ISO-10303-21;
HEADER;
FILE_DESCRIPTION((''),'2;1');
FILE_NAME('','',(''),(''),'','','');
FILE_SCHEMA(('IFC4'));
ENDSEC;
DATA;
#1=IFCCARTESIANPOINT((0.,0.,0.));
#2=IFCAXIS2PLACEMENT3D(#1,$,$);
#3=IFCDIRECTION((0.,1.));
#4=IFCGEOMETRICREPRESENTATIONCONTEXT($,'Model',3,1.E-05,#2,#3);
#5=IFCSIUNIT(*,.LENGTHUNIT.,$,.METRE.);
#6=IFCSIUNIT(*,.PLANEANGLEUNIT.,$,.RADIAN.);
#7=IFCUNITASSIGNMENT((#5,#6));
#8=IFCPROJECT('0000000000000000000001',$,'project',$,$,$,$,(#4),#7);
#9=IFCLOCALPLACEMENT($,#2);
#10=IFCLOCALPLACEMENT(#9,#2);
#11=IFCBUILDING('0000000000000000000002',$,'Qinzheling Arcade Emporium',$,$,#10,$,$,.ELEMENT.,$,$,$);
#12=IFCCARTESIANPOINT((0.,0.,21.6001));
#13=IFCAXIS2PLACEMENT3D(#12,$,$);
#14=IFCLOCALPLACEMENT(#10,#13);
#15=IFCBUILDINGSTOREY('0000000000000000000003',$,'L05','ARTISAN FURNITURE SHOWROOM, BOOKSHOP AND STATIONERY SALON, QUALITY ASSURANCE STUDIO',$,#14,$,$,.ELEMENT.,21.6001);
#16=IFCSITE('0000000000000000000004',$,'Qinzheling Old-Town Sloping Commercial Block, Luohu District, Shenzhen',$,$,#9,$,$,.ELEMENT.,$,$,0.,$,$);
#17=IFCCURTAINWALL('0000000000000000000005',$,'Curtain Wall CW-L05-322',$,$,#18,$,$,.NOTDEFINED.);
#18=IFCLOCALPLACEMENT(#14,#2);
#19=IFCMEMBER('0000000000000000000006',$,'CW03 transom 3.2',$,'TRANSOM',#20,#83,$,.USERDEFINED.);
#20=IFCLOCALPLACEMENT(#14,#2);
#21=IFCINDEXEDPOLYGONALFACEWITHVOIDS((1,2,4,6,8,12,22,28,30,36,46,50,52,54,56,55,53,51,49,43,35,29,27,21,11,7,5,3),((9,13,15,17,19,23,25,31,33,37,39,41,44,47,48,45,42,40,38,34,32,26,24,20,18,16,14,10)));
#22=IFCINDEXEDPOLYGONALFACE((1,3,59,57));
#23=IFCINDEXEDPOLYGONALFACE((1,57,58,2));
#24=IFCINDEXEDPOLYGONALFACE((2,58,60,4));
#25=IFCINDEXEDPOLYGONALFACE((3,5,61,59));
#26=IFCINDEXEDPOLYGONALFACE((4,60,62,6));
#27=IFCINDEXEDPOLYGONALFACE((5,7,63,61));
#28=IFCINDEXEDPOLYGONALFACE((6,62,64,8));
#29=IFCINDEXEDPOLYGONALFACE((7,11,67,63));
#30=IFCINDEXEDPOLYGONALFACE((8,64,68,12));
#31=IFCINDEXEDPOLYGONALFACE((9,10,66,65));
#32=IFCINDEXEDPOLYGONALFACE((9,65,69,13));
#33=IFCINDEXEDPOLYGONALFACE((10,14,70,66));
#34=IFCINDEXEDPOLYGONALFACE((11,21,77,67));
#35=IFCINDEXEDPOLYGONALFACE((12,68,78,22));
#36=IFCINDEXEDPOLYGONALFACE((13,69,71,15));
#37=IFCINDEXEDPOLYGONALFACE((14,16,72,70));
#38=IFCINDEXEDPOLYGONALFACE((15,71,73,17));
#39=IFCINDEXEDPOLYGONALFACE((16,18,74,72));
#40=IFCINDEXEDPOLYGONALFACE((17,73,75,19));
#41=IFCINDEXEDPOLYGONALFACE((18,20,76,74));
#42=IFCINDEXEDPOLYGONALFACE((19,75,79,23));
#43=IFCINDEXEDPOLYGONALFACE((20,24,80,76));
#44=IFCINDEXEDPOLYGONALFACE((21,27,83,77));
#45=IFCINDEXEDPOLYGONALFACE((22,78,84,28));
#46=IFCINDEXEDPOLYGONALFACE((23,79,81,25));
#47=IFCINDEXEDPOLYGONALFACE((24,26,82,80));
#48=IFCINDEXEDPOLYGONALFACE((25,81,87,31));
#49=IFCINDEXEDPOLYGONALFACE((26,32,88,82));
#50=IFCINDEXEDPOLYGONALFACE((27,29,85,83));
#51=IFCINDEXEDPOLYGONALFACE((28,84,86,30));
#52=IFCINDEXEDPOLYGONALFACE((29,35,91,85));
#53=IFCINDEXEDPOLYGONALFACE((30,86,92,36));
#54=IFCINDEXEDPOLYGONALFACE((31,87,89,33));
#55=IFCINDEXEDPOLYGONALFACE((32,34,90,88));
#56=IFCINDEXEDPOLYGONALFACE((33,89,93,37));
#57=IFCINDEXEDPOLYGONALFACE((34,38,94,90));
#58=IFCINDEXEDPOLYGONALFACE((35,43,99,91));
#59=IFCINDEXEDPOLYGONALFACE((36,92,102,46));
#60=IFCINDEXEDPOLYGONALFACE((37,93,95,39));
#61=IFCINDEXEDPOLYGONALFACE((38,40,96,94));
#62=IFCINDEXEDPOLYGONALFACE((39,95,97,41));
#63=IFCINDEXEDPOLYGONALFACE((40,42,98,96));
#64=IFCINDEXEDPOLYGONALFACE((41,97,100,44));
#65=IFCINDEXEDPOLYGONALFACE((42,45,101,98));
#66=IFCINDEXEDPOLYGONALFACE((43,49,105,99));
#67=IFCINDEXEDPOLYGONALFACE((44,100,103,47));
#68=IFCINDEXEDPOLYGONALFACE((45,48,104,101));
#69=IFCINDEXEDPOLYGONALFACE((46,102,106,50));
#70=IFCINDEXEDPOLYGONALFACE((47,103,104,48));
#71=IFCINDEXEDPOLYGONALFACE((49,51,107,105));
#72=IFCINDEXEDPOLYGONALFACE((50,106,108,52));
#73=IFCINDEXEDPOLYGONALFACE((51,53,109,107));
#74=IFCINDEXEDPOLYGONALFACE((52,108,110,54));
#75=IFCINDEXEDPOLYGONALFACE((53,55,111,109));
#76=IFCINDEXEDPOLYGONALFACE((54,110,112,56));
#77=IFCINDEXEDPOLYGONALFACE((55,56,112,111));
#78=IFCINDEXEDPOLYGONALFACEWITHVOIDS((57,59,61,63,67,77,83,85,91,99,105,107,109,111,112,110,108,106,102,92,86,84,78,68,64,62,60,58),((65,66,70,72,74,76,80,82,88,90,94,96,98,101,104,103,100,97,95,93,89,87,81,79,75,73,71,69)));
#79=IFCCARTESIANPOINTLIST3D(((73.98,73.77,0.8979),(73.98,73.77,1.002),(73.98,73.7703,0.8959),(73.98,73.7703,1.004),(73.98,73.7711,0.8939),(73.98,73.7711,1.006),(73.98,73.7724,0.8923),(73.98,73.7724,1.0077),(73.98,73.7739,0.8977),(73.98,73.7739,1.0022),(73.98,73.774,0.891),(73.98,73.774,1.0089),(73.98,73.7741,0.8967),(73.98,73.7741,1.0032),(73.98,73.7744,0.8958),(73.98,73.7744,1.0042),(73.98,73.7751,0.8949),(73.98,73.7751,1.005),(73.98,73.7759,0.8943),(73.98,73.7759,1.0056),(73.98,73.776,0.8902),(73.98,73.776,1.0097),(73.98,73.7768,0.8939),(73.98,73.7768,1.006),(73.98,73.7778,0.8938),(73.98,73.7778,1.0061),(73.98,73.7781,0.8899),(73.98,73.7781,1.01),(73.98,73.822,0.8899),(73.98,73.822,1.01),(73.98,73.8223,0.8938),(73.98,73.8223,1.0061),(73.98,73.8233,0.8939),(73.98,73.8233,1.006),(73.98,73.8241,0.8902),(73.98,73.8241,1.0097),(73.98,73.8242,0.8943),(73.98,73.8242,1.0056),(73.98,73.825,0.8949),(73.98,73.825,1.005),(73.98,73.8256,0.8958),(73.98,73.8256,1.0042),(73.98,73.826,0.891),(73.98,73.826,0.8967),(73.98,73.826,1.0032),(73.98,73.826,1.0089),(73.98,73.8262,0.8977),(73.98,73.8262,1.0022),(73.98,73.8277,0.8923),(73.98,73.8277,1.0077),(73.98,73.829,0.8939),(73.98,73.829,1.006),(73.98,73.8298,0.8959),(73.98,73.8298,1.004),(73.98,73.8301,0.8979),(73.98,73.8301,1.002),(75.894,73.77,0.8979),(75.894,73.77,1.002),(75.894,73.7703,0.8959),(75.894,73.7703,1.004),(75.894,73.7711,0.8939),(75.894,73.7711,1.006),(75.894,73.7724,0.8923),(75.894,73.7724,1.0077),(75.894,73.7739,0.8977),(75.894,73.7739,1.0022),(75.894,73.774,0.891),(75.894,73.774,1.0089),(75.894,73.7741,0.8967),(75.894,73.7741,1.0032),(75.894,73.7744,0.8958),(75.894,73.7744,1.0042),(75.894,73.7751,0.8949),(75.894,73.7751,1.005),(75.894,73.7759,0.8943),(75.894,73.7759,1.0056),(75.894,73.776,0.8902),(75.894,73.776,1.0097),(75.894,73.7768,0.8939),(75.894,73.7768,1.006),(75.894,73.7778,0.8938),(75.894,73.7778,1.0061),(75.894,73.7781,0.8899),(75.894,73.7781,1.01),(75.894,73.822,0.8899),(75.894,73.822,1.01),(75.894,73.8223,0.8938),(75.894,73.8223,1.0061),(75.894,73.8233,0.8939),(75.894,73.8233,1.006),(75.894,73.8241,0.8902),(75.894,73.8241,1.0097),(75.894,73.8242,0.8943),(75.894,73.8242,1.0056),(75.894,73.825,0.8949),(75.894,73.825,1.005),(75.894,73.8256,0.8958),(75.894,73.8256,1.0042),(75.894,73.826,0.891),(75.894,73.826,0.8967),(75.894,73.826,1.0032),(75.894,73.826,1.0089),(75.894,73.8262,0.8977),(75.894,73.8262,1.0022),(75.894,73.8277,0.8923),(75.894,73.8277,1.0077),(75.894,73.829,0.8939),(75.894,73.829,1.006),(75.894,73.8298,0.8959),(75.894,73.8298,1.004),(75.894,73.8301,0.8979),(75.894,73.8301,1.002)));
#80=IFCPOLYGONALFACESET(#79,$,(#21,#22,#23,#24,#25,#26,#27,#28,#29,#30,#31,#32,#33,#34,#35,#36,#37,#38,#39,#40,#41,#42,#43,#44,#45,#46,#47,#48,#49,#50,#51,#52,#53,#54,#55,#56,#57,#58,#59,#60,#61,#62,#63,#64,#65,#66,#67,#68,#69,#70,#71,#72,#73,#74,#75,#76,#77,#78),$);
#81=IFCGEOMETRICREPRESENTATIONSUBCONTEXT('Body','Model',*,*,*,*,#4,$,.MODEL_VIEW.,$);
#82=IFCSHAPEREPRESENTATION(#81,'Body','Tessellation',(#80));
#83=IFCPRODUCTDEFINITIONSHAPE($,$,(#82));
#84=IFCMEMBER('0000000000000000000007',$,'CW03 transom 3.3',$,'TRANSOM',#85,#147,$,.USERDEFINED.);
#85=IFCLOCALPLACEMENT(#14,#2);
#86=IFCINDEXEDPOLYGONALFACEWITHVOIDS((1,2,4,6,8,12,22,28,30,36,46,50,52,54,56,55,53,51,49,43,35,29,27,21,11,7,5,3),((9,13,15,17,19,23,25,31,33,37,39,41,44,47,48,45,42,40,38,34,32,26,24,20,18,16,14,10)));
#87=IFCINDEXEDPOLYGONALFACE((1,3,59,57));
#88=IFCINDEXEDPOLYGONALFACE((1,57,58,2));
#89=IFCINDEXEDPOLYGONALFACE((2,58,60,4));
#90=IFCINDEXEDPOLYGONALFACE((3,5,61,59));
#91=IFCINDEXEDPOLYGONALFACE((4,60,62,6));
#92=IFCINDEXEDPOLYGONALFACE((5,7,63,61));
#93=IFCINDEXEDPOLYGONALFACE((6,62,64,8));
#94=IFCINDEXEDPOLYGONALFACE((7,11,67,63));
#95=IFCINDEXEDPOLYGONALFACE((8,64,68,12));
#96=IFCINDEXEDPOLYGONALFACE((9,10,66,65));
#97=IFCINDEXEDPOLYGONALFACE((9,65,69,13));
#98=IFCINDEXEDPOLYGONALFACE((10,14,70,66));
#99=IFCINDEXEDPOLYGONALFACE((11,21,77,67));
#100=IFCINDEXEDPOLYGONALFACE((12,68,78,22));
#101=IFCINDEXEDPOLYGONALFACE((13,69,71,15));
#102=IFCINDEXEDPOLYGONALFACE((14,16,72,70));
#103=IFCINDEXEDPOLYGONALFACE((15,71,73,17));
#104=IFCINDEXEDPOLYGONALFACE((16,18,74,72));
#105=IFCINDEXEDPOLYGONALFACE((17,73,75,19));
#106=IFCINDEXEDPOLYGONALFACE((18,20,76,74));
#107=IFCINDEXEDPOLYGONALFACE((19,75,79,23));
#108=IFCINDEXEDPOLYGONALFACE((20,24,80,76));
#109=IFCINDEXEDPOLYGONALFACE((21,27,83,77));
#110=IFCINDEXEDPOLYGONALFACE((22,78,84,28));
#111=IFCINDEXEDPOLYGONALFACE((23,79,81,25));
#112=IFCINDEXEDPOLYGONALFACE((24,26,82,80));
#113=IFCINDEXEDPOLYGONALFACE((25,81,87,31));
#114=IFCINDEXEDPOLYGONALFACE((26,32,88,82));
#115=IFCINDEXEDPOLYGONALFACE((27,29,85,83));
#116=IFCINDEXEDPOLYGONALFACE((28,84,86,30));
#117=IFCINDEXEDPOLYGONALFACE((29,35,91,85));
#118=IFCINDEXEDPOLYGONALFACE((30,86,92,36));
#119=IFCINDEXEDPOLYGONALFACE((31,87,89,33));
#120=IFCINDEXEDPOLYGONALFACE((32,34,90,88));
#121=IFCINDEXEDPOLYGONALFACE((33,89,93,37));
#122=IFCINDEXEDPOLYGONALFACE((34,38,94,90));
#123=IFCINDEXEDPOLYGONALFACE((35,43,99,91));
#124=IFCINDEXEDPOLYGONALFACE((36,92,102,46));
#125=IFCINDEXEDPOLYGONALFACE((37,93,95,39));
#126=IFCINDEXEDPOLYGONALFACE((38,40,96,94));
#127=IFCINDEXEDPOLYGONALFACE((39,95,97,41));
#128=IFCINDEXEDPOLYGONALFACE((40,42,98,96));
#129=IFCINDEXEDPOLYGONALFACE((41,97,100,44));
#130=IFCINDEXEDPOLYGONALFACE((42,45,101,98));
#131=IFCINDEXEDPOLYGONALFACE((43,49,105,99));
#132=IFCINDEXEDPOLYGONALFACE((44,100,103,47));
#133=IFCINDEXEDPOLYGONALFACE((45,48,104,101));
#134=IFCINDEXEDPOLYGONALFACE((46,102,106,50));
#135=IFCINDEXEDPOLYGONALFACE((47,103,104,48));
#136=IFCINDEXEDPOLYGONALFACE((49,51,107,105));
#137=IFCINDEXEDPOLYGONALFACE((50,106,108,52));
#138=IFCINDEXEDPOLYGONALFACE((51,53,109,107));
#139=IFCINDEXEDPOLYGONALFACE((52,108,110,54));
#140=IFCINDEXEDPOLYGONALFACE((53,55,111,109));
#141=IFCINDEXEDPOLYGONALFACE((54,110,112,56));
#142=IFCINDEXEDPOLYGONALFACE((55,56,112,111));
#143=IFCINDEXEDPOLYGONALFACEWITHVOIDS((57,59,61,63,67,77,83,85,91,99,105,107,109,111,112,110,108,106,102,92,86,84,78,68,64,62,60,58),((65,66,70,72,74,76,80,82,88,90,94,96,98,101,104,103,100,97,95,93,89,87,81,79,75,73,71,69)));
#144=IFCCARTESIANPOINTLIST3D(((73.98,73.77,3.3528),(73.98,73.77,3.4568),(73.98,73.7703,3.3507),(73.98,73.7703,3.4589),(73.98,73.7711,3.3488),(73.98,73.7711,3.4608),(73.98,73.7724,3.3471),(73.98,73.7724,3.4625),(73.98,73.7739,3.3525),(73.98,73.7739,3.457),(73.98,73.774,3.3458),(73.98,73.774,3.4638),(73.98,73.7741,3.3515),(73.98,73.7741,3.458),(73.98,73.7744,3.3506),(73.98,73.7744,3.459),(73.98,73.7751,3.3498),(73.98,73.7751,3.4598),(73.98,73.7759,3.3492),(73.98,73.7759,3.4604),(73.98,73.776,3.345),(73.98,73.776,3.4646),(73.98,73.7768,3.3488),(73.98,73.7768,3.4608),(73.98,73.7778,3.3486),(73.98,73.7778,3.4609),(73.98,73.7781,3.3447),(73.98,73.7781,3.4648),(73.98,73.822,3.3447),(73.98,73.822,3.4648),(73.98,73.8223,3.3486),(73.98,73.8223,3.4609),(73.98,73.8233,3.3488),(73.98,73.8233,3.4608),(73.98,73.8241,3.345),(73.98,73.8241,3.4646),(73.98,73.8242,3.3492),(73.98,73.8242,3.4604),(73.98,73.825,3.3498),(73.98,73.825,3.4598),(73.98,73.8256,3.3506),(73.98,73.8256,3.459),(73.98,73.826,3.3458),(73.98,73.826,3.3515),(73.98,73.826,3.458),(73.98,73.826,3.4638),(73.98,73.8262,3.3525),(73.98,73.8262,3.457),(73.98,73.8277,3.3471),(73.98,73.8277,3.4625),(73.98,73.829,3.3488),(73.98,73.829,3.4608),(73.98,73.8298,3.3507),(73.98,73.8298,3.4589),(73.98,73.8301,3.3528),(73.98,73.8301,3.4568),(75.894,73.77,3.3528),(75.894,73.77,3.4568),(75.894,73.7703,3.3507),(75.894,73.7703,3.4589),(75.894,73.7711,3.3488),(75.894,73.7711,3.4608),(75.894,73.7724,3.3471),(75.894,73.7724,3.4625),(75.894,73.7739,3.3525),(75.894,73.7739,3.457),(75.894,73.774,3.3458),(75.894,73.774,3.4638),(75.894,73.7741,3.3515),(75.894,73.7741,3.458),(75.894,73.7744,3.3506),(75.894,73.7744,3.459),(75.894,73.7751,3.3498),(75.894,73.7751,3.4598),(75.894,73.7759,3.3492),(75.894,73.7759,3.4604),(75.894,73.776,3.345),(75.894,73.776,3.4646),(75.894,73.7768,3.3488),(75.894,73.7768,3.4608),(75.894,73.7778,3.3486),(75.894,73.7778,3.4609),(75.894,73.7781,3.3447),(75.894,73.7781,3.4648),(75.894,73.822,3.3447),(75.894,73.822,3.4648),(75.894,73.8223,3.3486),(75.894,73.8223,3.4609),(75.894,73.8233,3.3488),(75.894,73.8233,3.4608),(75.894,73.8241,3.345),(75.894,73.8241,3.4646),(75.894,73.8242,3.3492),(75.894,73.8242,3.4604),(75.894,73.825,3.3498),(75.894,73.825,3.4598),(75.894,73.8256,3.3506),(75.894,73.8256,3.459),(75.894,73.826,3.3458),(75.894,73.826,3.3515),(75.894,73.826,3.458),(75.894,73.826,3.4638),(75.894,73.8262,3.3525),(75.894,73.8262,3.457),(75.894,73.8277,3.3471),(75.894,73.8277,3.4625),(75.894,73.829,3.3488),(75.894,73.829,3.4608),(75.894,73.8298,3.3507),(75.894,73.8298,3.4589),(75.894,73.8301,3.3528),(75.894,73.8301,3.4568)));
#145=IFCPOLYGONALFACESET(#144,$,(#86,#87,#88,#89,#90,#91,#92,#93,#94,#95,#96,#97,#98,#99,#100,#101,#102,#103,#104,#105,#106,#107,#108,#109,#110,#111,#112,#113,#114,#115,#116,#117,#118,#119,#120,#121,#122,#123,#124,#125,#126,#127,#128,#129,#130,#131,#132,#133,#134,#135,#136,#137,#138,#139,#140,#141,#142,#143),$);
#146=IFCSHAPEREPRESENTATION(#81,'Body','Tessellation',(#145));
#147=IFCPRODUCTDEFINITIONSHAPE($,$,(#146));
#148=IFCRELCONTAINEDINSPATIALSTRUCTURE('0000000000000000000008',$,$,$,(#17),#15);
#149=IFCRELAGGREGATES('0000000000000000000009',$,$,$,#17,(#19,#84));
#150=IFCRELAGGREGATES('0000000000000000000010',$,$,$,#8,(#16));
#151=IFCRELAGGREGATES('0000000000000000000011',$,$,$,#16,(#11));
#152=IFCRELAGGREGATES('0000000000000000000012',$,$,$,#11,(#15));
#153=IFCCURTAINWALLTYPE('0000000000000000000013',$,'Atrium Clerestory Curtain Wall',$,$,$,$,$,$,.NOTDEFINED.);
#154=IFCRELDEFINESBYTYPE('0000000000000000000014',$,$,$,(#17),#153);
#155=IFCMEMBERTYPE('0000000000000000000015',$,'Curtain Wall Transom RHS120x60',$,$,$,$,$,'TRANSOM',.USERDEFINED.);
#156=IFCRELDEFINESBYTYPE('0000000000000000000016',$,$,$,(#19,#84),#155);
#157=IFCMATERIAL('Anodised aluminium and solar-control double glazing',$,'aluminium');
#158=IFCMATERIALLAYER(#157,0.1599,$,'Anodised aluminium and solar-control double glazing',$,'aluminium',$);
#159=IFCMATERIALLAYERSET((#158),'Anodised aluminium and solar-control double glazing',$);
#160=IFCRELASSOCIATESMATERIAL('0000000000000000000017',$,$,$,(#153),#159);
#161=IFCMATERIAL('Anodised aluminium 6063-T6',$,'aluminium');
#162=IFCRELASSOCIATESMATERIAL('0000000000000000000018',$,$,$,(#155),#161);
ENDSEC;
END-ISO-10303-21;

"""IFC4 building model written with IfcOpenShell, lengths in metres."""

from ifc_helpers import new_model, si_unit, direction, frame, origin, origin_2d, place, context, subcontext, project, spatial, hollow_rectangle, extrude, material, layer, layer_set, material_profile, profile_set, type_object, element, aggregate, save


model = new_model("IFC4")

# Units and contexts
model_context = context("Model", 3, precision=1e-05, world=origin(), true_north=direction((0.0, 1.0)))
body_context = subcontext(model_context, "Body", "Model", "MODEL_VIEW")
ifc_project = project(units=[si_unit("LENGTHUNIT", "METRE"), si_unit("PLANEANGLEUNIT", "RADIAN")], contexts=[model_context])

# Site, building, storey
site_placement = place(None, origin())
site = spatial("IfcSite", under=ifc_project, at=site_placement, Name="Qinzheling Old-Town Sloping Commercial Block, Luohu District, Shenzhen", CompositionType="ELEMENT", RefElevation=0.0)
building_placement = place(site_placement, origin())
building = spatial("IfcBuilding", under=site, at=building_placement, Name="Qinzheling Arcade Emporium", CompositionType="ELEMENT")
storey_placement = place(building_placement, frame((0.0, 0.0, 21.6001)))
storey = spatial("IfcBuildingStorey", under=building, at=storey_placement, Name="L05", Description="ARTISAN FURNITURE SHOWROOM, BOOKSHOP AND STATIONERY SALON, QUALITY ASSURANCE STUDIO", CompositionType="ELEMENT", Elevation=21.6001)

# Shared definitions
ifc_material_1 = material(Name="Anodised aluminium and solar-control double glazing", Category="aluminium")
ifc_layer_1 = layer(ifc_material_1, 0.1599, Name="Anodised aluminium and solar-control double glazing", Category="aluminium")
ifc_layer_set_1 = layer_set([ifc_layer_1], Name="Anodised aluminium and solar-control double glazing")
curtain_wall_type = type_object("IfcCurtainWallType", Name="Atrium Clerestory Curtain Wall", PredefinedType="NOTDEFINED", material=ifc_layer_set_1)
ifc_material_2 = material(Name="Anodised aluminium 6063-T6", Category="aluminium")

# Curtain wall
curtain_wall_1_placement = place(storey_placement, origin())
curtain_wall_1 = element("IfcCurtainWall", 1, at=curtain_wall_1_placement, inside=storey, type_object=curtain_wall_type, Name="Curtain Wall CW-L05-322", PredefinedType="NOTDEFINED")

# Members
ifc_material_profile_1 = material_profile(ifc_material_2, hollow_rectangle(XDim=0.0601, YDim=0.1201, WallThickness=0.0039, InnerFilletRadius=0.0039, OuterFilletRadius=0.0081, at=origin_2d()), Name="RHS 120x60x4", Category="aluminium")
ifc_profile_set_1 = profile_set([ifc_material_profile_1], Name="Anodised aluminium 6063-T6")
member_type_1 = type_object("IfcMemberType", Name="Curtain Wall Transom RHS120x60", ElementType="TRANSOM", PredefinedType="USERDEFINED", material=ifc_profile_set_1)
member_1_placement = place(storey_placement, frame((73.98, 73.8, 0.95), z_axis=(1.0, 0.0, 0.0), x_axis=(0.0, 1.0, 0.0)))
member_1 = element("IfcMember", 2, at=member_1_placement, type_object=member_type_1, Name="CW03 transom 3.2", ObjectType="TRANSOM", PredefinedType="USERDEFINED", context=body_context, shape_type="SweptSolid", body=[
    extrude(hollow_rectangle(XDim=0.0601, YDim=0.1201, WallThickness=0.0039, InnerFilletRadius=0.0039, OuterFilletRadius=0.0081, at=origin_2d()), origin(), (0.0, 0.0, 1.0), 1.9141),
])
member_2_placement = place(storey_placement, frame((73.98, 73.8, 3.4048), z_axis=(1.0, 0.0, 0.0), x_axis=(0.0, 1.0, 0.0)))
member_2 = element("IfcMember", 3, at=member_2_placement, type_object=member_type_1, Name="CW03 transom 3.3", ObjectType="TRANSOM", PredefinedType="USERDEFINED", context=body_context, shape_type="SweptSolid", body=[
    extrude(hollow_rectangle(XDim=0.0601, YDim=0.1201, WallThickness=0.0039, InnerFilletRadius=0.0039, OuterFilletRadius=0.0081, at=origin_2d()), origin(), (0.0, 0.0, 1.0), 1.9141),
])

aggregate(curtain_wall_1, [member_1, member_2])

save(model, "model.ifc")
